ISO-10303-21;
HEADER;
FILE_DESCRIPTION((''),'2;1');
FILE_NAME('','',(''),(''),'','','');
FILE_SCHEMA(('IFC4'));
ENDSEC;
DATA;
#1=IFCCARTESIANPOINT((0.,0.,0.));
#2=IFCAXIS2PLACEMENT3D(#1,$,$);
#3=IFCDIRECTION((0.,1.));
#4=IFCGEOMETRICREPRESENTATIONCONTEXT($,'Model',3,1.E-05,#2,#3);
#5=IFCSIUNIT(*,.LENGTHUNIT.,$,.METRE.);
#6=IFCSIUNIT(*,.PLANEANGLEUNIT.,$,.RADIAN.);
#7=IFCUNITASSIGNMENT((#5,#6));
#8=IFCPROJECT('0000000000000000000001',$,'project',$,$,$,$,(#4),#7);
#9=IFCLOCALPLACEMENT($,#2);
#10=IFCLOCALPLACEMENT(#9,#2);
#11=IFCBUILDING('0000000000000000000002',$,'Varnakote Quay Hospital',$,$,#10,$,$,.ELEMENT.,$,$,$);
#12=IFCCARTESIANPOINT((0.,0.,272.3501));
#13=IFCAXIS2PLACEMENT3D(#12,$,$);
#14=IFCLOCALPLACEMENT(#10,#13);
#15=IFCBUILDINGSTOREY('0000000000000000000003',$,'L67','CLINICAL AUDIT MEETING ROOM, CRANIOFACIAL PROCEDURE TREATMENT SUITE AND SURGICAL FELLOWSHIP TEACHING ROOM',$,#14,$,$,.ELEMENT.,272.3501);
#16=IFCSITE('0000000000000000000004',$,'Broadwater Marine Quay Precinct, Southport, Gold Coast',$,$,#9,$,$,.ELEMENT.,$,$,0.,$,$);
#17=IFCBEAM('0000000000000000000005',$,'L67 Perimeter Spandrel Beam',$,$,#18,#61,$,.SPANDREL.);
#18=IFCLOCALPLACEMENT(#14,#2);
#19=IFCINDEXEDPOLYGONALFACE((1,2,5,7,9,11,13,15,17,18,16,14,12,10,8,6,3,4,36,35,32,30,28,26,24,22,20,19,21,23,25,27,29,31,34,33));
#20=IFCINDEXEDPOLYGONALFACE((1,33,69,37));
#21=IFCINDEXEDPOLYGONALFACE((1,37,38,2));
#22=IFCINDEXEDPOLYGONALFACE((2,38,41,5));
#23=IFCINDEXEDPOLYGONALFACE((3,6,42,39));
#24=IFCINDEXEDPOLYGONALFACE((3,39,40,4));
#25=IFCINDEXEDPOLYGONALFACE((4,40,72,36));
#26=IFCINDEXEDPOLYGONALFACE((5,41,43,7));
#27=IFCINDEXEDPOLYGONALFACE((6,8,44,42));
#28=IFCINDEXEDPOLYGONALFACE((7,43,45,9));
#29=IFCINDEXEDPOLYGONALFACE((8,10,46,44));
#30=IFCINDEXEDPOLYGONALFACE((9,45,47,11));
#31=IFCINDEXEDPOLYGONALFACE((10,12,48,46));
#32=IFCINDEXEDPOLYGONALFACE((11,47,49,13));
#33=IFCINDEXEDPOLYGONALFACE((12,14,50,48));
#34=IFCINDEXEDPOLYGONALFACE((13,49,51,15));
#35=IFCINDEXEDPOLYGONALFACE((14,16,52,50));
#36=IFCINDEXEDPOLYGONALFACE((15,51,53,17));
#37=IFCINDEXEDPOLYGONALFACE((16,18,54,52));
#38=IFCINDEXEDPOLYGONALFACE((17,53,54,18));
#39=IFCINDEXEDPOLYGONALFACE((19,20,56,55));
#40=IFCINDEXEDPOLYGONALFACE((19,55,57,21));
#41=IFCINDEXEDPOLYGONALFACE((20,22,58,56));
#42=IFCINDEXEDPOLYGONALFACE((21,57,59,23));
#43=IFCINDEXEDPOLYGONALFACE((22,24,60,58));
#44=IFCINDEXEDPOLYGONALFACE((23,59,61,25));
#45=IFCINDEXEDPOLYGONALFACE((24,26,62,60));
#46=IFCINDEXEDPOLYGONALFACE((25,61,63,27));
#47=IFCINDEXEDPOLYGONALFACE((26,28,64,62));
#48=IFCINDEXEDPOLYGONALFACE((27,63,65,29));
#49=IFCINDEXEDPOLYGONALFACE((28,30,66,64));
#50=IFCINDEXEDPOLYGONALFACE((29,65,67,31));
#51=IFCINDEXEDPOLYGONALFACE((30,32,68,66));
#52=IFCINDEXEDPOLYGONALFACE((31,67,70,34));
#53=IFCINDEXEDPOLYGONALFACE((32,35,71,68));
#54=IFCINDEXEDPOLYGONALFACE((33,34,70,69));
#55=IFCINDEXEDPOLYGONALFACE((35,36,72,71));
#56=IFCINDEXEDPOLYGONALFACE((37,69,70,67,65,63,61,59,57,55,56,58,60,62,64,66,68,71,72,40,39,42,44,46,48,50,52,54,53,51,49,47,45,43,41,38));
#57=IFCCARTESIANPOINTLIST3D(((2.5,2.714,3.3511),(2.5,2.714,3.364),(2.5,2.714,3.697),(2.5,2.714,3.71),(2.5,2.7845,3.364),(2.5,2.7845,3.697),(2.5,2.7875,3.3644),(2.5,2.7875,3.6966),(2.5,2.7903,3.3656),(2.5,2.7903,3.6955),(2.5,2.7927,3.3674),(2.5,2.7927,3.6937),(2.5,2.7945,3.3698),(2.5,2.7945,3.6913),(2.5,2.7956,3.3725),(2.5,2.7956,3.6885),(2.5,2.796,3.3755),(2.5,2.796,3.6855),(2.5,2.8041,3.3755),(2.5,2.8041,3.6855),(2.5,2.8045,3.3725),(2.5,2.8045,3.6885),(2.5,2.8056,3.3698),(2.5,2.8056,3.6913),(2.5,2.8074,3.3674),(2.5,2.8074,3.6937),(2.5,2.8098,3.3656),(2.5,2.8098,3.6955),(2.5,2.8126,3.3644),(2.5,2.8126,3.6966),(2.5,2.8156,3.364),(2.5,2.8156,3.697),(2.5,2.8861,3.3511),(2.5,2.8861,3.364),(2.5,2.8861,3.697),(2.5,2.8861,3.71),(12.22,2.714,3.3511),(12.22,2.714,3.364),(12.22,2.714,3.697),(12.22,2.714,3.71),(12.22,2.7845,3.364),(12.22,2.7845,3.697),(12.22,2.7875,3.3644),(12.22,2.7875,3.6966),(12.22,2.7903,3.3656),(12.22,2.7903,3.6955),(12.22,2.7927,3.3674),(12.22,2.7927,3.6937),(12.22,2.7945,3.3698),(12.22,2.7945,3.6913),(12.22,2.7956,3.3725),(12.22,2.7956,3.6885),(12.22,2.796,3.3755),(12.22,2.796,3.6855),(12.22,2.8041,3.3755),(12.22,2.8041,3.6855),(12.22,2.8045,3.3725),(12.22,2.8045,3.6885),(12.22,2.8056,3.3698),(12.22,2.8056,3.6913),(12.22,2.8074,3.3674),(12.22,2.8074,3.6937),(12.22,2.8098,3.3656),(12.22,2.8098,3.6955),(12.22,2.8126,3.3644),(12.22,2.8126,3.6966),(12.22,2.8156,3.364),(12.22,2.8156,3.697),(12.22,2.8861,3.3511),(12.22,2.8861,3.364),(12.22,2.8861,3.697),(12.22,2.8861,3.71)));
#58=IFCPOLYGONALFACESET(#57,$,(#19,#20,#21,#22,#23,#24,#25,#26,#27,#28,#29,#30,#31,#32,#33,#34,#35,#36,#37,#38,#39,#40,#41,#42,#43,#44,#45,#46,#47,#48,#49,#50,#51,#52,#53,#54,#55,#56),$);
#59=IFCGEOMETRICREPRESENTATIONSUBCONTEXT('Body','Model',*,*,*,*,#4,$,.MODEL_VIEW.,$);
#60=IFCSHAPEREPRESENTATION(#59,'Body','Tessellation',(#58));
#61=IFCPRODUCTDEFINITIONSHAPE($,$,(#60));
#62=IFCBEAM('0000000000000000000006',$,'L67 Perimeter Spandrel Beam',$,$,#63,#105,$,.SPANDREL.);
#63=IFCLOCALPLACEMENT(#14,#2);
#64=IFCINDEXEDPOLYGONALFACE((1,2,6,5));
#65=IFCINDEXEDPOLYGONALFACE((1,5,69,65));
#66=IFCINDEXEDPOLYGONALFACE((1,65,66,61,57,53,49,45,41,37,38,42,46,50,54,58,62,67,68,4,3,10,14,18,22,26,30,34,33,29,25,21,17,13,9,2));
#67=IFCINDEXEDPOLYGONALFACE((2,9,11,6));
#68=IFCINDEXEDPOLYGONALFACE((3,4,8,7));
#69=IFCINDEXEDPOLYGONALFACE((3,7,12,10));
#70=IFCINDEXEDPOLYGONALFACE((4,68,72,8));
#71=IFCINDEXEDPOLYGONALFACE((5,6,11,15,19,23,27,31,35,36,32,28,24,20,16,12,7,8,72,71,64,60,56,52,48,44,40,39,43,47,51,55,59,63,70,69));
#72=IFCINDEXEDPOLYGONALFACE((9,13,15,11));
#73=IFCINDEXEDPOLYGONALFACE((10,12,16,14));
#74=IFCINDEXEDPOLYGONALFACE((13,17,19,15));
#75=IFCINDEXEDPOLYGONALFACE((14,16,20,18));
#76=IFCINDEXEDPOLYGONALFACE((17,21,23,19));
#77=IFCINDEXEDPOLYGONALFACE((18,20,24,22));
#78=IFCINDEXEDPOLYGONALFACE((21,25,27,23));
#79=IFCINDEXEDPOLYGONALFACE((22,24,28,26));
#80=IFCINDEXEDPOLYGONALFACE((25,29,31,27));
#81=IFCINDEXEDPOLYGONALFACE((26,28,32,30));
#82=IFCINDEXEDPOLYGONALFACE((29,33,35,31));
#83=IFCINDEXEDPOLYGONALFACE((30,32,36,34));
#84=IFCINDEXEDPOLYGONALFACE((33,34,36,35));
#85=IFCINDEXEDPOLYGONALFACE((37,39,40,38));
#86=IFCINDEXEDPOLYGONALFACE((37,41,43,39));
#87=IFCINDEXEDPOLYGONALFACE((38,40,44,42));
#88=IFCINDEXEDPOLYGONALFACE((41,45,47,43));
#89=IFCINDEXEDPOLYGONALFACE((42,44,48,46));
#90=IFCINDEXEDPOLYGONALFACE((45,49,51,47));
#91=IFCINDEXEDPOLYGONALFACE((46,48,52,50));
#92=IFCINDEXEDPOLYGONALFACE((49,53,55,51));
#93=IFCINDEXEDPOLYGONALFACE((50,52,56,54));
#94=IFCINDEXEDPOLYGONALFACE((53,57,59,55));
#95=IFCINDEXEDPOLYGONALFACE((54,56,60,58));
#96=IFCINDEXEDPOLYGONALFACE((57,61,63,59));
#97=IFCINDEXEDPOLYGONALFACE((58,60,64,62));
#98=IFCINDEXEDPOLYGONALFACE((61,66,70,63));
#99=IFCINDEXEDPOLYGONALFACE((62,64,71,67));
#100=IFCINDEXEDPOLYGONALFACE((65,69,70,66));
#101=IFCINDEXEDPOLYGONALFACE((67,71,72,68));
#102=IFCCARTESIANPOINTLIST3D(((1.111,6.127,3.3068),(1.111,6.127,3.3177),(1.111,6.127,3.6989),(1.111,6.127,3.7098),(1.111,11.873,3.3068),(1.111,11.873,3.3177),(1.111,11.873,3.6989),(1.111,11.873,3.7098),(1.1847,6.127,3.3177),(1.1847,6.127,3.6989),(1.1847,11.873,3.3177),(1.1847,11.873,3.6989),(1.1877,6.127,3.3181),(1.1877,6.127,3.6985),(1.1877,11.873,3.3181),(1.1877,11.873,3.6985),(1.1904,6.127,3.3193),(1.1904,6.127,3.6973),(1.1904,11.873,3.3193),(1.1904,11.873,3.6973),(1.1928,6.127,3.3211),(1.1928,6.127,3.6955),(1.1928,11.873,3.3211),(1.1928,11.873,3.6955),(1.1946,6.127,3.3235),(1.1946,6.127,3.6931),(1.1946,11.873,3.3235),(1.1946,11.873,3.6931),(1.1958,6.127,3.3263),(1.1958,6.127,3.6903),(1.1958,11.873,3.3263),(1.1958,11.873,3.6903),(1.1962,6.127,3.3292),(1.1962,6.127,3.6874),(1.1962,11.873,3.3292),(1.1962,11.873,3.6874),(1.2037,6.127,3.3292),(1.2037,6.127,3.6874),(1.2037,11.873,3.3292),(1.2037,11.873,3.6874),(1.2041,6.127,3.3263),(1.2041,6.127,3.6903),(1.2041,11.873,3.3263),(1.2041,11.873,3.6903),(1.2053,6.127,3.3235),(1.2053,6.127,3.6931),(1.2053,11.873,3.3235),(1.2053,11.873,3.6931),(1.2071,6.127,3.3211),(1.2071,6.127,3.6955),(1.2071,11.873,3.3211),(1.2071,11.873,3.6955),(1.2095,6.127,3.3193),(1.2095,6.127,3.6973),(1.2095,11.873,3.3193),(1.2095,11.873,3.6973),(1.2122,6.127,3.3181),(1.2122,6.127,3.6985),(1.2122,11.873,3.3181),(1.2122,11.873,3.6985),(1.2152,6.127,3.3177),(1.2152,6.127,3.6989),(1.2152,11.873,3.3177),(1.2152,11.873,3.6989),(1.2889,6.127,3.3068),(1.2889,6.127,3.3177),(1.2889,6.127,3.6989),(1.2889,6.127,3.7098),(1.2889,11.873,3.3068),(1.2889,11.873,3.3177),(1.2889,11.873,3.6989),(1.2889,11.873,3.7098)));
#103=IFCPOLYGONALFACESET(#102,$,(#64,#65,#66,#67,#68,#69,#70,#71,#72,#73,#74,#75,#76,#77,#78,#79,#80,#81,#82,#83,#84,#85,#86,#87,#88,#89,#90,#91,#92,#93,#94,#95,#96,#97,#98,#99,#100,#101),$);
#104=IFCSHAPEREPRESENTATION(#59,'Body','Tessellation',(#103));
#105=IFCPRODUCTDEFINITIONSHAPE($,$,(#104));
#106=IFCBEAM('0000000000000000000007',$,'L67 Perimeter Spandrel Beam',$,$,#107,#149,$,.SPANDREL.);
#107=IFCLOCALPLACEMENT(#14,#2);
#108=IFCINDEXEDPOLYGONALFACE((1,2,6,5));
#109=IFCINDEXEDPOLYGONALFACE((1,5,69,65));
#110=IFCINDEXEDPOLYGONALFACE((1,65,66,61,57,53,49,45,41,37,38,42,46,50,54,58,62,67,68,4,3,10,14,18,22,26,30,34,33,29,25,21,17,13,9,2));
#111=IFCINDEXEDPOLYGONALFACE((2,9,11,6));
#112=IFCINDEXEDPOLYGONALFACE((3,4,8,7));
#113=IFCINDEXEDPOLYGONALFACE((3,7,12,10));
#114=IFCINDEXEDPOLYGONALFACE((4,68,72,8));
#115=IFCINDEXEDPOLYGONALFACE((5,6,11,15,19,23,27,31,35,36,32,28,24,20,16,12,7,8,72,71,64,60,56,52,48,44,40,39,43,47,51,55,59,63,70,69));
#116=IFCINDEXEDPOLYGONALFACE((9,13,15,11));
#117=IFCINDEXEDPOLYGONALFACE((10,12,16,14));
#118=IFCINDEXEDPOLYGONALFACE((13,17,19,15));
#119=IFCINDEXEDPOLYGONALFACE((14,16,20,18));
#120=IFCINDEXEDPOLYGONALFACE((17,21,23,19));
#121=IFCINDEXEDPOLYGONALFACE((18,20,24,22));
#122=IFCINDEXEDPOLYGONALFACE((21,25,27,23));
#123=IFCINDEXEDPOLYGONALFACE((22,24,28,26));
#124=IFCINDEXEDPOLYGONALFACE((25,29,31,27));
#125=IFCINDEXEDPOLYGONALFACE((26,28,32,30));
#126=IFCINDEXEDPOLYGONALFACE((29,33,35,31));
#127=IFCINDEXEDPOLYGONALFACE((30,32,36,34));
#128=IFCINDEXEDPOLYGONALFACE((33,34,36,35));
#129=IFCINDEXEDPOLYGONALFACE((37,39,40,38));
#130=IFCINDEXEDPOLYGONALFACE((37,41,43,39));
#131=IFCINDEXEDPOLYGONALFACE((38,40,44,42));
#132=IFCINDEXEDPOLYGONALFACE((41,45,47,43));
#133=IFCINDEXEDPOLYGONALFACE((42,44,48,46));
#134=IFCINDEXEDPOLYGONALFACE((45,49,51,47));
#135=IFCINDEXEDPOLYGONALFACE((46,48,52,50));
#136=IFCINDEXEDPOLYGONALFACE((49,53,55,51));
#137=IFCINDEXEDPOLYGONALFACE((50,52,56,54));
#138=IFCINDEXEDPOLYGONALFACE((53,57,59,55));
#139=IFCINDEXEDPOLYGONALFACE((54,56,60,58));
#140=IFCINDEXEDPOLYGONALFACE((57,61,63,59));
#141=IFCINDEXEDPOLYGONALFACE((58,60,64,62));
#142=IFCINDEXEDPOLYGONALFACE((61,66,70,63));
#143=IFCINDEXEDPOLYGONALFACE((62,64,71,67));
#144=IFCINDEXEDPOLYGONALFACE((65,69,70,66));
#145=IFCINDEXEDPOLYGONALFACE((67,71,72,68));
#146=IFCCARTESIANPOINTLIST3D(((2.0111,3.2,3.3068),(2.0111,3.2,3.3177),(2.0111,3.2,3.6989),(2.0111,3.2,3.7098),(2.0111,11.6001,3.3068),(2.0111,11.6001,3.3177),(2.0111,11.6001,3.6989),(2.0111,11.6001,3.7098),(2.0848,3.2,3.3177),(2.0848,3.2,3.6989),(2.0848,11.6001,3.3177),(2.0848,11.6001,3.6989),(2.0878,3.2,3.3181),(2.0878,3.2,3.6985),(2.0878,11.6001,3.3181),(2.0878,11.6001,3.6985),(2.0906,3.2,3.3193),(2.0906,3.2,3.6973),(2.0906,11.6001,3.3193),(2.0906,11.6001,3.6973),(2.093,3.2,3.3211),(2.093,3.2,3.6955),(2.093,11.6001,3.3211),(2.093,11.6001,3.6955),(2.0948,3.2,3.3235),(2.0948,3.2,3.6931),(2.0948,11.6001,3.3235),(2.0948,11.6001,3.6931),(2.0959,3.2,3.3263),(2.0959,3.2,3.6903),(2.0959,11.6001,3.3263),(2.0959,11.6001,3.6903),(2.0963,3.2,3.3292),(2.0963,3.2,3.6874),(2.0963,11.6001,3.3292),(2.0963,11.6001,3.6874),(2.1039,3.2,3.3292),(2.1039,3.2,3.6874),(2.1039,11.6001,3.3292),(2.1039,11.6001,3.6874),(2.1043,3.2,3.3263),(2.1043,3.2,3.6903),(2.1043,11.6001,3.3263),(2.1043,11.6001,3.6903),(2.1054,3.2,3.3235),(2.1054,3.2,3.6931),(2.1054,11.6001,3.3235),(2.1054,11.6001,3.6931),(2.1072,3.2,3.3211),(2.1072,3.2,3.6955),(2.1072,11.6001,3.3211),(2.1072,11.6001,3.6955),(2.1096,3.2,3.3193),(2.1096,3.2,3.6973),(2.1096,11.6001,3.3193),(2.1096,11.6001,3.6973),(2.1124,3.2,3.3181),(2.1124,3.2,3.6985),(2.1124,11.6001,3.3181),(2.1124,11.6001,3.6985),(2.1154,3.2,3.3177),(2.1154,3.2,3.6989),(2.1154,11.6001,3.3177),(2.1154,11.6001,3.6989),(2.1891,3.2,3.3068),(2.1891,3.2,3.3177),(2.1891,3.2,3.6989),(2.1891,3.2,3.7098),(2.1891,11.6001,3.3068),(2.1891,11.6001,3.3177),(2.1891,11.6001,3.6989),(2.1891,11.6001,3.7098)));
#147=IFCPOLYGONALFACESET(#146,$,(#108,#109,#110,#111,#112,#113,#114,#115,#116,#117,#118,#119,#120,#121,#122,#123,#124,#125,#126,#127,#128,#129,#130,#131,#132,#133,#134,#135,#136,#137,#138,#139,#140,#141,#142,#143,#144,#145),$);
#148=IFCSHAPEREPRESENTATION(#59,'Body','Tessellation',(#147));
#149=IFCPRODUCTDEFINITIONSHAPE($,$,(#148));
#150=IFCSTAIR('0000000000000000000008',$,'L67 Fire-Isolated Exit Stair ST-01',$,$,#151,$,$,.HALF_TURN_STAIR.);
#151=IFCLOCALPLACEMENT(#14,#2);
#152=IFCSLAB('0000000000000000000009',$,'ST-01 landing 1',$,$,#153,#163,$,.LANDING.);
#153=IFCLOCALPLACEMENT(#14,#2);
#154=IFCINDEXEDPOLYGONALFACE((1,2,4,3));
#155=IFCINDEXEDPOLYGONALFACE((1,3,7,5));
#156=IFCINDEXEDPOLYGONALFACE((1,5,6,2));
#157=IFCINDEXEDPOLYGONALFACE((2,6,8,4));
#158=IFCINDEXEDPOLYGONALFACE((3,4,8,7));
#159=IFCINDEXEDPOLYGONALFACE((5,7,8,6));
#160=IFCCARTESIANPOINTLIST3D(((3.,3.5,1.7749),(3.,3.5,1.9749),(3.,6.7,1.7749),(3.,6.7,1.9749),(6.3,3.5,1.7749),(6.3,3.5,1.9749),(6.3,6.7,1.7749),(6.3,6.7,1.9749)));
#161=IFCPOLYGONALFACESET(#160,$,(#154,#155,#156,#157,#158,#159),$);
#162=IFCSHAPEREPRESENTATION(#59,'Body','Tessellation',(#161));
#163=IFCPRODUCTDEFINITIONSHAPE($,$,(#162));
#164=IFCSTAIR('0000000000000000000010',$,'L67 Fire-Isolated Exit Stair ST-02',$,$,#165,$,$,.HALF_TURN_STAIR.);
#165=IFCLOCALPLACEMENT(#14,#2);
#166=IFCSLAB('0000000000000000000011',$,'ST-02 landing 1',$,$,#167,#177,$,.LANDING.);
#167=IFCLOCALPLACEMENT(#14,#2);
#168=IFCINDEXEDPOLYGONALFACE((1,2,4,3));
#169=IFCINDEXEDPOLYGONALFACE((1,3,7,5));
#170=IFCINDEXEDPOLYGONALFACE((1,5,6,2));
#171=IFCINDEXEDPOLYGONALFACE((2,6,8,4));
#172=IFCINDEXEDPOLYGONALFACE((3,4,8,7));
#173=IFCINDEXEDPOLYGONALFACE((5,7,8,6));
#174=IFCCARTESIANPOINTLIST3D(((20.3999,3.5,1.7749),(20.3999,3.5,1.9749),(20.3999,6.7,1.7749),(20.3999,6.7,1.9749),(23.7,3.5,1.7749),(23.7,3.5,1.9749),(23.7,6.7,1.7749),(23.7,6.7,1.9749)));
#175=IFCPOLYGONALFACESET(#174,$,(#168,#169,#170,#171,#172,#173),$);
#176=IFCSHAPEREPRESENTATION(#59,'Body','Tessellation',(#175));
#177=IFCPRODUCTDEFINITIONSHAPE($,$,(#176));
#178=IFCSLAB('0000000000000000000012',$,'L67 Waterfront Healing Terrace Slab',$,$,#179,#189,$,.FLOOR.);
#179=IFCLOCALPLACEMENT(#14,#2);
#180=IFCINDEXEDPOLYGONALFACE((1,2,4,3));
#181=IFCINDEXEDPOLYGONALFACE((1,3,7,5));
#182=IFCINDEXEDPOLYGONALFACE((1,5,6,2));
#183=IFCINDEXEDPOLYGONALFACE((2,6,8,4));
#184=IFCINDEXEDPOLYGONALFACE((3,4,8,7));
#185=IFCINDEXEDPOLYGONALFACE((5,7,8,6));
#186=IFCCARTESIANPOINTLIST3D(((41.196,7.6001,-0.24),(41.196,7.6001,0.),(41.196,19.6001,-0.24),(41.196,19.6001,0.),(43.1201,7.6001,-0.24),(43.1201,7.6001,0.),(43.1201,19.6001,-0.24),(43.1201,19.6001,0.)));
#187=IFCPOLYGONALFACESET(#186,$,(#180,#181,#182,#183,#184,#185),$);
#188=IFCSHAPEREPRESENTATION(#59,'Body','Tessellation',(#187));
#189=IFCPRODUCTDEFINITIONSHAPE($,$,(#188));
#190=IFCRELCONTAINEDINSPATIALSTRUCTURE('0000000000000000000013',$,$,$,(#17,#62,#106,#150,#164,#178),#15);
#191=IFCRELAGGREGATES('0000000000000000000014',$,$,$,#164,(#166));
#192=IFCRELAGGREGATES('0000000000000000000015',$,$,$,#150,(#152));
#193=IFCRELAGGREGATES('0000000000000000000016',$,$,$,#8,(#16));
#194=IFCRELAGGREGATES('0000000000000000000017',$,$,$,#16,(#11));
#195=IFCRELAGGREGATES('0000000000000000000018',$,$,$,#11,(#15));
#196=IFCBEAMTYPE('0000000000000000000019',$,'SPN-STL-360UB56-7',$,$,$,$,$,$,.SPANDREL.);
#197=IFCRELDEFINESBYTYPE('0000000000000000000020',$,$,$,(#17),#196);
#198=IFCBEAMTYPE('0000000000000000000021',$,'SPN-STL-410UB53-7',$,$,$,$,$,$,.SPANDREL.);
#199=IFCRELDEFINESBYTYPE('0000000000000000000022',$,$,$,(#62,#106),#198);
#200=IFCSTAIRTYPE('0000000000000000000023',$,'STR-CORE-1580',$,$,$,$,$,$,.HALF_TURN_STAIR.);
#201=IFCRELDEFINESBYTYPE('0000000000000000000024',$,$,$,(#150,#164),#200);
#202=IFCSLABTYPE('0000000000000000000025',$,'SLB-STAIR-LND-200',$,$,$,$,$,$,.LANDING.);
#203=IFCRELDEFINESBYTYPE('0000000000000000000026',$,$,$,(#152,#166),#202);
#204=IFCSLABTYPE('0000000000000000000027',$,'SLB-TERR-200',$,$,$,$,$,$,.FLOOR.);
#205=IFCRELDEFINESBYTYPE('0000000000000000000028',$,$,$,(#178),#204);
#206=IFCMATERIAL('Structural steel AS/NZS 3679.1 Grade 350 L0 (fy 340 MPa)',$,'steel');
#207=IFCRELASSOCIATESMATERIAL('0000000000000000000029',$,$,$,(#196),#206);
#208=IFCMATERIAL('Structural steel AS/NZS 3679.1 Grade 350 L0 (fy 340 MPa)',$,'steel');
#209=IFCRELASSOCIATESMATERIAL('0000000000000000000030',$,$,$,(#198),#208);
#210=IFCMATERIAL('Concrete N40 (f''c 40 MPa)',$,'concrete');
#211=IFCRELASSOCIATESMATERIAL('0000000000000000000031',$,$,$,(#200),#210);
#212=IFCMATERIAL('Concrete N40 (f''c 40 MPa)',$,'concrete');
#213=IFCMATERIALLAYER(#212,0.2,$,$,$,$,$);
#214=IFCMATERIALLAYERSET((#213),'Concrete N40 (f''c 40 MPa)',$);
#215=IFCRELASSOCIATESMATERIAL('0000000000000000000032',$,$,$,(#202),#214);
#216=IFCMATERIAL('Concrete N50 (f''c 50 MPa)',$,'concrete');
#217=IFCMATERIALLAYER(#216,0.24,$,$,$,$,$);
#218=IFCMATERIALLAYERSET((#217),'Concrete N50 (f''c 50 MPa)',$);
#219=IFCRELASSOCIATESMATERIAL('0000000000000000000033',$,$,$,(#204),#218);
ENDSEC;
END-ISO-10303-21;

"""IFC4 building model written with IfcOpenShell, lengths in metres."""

from ifc_helpers import new_model, si_unit, direction, frame, origin, origin_2d, place, context, subcontext, project, spatial, polyline, i_section, outline, extrude, material, layer, layer_set, material_profile, profile_set, type_object, element, aggregate, save


model = new_model("IFC4")

# Units and contexts
model_context = context("Model", 3, precision=1e-05, world=origin(), true_north=direction((0.0, 1.0)))
body_context = subcontext(model_context, "Body", "Model", "MODEL_VIEW")
ifc_project = project(units=[si_unit("LENGTHUNIT", "METRE"), si_unit("PLANEANGLEUNIT", "RADIAN")], contexts=[model_context])

# Site, building, storey
site_placement = place(None, origin())
site = spatial("IfcSite", under=ifc_project, at=site_placement, Name="Broadwater Marine Quay Precinct, Southport, Gold Coast", CompositionType="ELEMENT", RefElevation=0.0)
building_placement = place(site_placement, origin())
building = spatial("IfcBuilding", under=site, at=building_placement, Name="Varnakote Quay Hospital", CompositionType="ELEMENT")
storey_placement = place(building_placement, frame((0.0, 0.0, 272.3501)))
storey = spatial("IfcBuildingStorey", under=building, at=storey_placement, Name="L67", Description="CLINICAL AUDIT MEETING ROOM, CRANIOFACIAL PROCEDURE TREATMENT SUITE AND SURGICAL FELLOWSHIP TEACHING ROOM", CompositionType="ELEMENT", Elevation=272.3501)

# Beams
ifc_material_1 = material(Name="Structural steel AS/NZS 3679.1 Grade 350 L0 (fy 340 MPa)", Category="steel")
ifc_material_profile_1 = material_profile(ifc_material_1, i_section(OverallWidth=0.1721, OverallDepth=0.3589, WebThickness=0.0081, FlangeThickness=0.0129, FilletRadius=0.0115, at=origin_2d()), Name="360UB56.7")
ifc_profile_set_1 = profile_set([ifc_material_profile_1], Name="Structural steel AS/NZS 3679.1 Grade 350 L0 (fy 340 MPa)")
beam_type_1 = type_object("IfcBeamType", Name="SPN-STL-360UB56-7", PredefinedType="SPANDREL", material=ifc_profile_set_1)
beam_1_placement = place(storey_placement, frame((2.5, 2.8, 3.5305), z_axis=(1.0, 0.0, 0.0), x_axis=(0.0, 1.0, 0.0)))
element("IfcBeam", 1, at=beam_1_placement, inside=storey, type_object=beam_type_1, Name="L67 Perimeter Spandrel Beam", PredefinedType="SPANDREL", context=body_context, shape_type="SweptSolid", body=[
    extrude(i_section(OverallWidth=0.1721, OverallDepth=0.3589, WebThickness=0.0081, FlangeThickness=0.0129, FilletRadius=0.0115, at=origin_2d()), origin(), (0.0, 0.0, 1.0), 9.72),
])
ifc_material_2 = material(Name="Structural steel AS/NZS 3679.1 Grade 350 L0 (fy 340 MPa)", Category="steel")
ifc_material_profile_2 = material_profile(ifc_material_2, i_section(OverallWidth=0.178, OverallDepth=0.4031, WebThickness=0.0076, FlangeThickness=0.011, FilletRadius=0.0115, at=origin_2d()), Name="410UB53.7")
ifc_profile_set_2 = profile_set([ifc_material_profile_2], Name="Structural steel AS/NZS 3679.1 Grade 350 L0 (fy 340 MPa)")
beam_type_2 = type_object("IfcBeamType", Name="SPN-STL-410UB53-7", PredefinedType="SPANDREL", material=ifc_profile_set_2)
beam_2_placement = place(storey_placement, frame((1.2, 6.127, 3.5083), z_axis=(0.0, 1.0, 0.0), x_axis=(-1.0, 0.0, 0.0)))
element("IfcBeam", 2, at=beam_2_placement, inside=storey, type_object=beam_type_2, Name="L67 Perimeter Spandrel Beam", PredefinedType="SPANDREL", context=body_context, shape_type="SweptSolid", body=[
    extrude(i_section(OverallWidth=0.178, OverallDepth=0.4031, WebThickness=0.0076, FlangeThickness=0.011, FilletRadius=0.0115, at=origin_2d()), origin(), (0.0, 0.0, 1.0), 5.7461),
])
beam_3_placement = place(storey_placement, frame((2.1001, 3.2, 3.5083), z_axis=(0.0, 1.0, 0.0), x_axis=(-1.0, 0.0, 0.0)))
element("IfcBeam", 3, at=beam_3_placement, inside=storey, type_object=beam_type_2, Name="L67 Perimeter Spandrel Beam", PredefinedType="SPANDREL", context=body_context, shape_type="SweptSolid", body=[
    extrude(i_section(OverallWidth=0.178, OverallDepth=0.4031, WebThickness=0.0076, FlangeThickness=0.011, FilletRadius=0.0115, at=origin_2d()), origin(), (0.0, 0.0, 1.0), 8.4001),
])

# Stairs, slabs
ifc_material_3 = material(Name="Concrete N40 (f'c 40 MPa)", Category="concrete")
stair_type = type_object("IfcStairType", Name="STR-CORE-1580", PredefinedType="HALF_TURN_STAIR", material=ifc_material_3)
stair_1_placement = place(storey_placement, origin())
stair_1 = element("IfcStair", 4, at=stair_1_placement, inside=storey, type_object=stair_type, Name="L67 Fire-Isolated Exit Stair ST-01", PredefinedType="HALF_TURN_STAIR")
ifc_material_4 = material(Name="Concrete N40 (f'c 40 MPa)", Category="concrete")
ifc_layer_1 = layer(ifc_material_4, 0.2)
ifc_layer_set_1 = layer_set([ifc_layer_1], Name="Concrete N40 (f'c 40 MPa)")
slab_type_1 = type_object("IfcSlabType", Name="SLB-STAIR-LND-200", PredefinedType="LANDING", material=ifc_layer_set_1)
slab_1_placement = place(storey_placement, frame((0.0, 0.0, 1.7749)))
slab_1 = element("IfcSlab", 5, at=slab_1_placement, type_object=slab_type_1, Name="ST-01 landing 1", PredefinedType="LANDING", context=body_context, shape_type="SweptSolid", body=[
    extrude(outline(polyline([(3.0, 6.7), (3.0, 3.5), (6.3, 3.5), (6.3, 6.7), (3.0, 6.7)])), origin(), (0.0, 0.0, 1.0), 0.2),
])
stair_2_placement = place(storey_placement, origin())
stair_2 = element("IfcStair", 6, at=stair_2_placement, inside=storey, type_object=stair_type, Name="L67 Fire-Isolated Exit Stair ST-02", PredefinedType="HALF_TURN_STAIR")
slab_2_placement = place(storey_placement, frame((0.0, 0.0, 1.7749)))
slab_2 = element("IfcSlab", 7, at=slab_2_placement, type_object=slab_type_1, Name="ST-02 landing 1", PredefinedType="LANDING", context=body_context, shape_type="SweptSolid", body=[
    extrude(outline(polyline([(20.3999, 6.7), (20.3999, 3.5), (23.7, 3.5), (23.7, 6.7), (20.3999, 6.7)])), origin(), (0.0, 0.0, 1.0), 0.2),
])
aggregate(stair_2, [slab_2])

# Slab
ifc_material_5 = material(Name="Concrete N50 (f'c 50 MPa)", Category="concrete")
ifc_layer_2 = layer(ifc_material_5, 0.24)
ifc_layer_set_2 = layer_set([ifc_layer_2], Name="Concrete N50 (f'c 50 MPa)")
slab_type_2 = type_object("IfcSlabType", Name="SLB-TERR-200", PredefinedType="FLOOR", material=ifc_layer_set_2)
slab_3_placement = place(storey_placement, frame((0.0, 0.0, -0.24)))
element("IfcSlab", 8, at=slab_3_placement, inside=storey, type_object=slab_type_2, Name="L67 Waterfront Healing Terrace Slab", PredefinedType="FLOOR", context=body_context, shape_type="SweptSolid", body=[
    extrude(outline(polyline([(41.196, 19.6001), (41.196, 7.6001), (43.1201, 7.6001), (43.1201, 19.6001), (41.196, 19.6001)])), origin(), (0.0, 0.0, 1.0), 0.24),
])

aggregate(stair_1, [slab_1])

save(model, "model.ifc")
